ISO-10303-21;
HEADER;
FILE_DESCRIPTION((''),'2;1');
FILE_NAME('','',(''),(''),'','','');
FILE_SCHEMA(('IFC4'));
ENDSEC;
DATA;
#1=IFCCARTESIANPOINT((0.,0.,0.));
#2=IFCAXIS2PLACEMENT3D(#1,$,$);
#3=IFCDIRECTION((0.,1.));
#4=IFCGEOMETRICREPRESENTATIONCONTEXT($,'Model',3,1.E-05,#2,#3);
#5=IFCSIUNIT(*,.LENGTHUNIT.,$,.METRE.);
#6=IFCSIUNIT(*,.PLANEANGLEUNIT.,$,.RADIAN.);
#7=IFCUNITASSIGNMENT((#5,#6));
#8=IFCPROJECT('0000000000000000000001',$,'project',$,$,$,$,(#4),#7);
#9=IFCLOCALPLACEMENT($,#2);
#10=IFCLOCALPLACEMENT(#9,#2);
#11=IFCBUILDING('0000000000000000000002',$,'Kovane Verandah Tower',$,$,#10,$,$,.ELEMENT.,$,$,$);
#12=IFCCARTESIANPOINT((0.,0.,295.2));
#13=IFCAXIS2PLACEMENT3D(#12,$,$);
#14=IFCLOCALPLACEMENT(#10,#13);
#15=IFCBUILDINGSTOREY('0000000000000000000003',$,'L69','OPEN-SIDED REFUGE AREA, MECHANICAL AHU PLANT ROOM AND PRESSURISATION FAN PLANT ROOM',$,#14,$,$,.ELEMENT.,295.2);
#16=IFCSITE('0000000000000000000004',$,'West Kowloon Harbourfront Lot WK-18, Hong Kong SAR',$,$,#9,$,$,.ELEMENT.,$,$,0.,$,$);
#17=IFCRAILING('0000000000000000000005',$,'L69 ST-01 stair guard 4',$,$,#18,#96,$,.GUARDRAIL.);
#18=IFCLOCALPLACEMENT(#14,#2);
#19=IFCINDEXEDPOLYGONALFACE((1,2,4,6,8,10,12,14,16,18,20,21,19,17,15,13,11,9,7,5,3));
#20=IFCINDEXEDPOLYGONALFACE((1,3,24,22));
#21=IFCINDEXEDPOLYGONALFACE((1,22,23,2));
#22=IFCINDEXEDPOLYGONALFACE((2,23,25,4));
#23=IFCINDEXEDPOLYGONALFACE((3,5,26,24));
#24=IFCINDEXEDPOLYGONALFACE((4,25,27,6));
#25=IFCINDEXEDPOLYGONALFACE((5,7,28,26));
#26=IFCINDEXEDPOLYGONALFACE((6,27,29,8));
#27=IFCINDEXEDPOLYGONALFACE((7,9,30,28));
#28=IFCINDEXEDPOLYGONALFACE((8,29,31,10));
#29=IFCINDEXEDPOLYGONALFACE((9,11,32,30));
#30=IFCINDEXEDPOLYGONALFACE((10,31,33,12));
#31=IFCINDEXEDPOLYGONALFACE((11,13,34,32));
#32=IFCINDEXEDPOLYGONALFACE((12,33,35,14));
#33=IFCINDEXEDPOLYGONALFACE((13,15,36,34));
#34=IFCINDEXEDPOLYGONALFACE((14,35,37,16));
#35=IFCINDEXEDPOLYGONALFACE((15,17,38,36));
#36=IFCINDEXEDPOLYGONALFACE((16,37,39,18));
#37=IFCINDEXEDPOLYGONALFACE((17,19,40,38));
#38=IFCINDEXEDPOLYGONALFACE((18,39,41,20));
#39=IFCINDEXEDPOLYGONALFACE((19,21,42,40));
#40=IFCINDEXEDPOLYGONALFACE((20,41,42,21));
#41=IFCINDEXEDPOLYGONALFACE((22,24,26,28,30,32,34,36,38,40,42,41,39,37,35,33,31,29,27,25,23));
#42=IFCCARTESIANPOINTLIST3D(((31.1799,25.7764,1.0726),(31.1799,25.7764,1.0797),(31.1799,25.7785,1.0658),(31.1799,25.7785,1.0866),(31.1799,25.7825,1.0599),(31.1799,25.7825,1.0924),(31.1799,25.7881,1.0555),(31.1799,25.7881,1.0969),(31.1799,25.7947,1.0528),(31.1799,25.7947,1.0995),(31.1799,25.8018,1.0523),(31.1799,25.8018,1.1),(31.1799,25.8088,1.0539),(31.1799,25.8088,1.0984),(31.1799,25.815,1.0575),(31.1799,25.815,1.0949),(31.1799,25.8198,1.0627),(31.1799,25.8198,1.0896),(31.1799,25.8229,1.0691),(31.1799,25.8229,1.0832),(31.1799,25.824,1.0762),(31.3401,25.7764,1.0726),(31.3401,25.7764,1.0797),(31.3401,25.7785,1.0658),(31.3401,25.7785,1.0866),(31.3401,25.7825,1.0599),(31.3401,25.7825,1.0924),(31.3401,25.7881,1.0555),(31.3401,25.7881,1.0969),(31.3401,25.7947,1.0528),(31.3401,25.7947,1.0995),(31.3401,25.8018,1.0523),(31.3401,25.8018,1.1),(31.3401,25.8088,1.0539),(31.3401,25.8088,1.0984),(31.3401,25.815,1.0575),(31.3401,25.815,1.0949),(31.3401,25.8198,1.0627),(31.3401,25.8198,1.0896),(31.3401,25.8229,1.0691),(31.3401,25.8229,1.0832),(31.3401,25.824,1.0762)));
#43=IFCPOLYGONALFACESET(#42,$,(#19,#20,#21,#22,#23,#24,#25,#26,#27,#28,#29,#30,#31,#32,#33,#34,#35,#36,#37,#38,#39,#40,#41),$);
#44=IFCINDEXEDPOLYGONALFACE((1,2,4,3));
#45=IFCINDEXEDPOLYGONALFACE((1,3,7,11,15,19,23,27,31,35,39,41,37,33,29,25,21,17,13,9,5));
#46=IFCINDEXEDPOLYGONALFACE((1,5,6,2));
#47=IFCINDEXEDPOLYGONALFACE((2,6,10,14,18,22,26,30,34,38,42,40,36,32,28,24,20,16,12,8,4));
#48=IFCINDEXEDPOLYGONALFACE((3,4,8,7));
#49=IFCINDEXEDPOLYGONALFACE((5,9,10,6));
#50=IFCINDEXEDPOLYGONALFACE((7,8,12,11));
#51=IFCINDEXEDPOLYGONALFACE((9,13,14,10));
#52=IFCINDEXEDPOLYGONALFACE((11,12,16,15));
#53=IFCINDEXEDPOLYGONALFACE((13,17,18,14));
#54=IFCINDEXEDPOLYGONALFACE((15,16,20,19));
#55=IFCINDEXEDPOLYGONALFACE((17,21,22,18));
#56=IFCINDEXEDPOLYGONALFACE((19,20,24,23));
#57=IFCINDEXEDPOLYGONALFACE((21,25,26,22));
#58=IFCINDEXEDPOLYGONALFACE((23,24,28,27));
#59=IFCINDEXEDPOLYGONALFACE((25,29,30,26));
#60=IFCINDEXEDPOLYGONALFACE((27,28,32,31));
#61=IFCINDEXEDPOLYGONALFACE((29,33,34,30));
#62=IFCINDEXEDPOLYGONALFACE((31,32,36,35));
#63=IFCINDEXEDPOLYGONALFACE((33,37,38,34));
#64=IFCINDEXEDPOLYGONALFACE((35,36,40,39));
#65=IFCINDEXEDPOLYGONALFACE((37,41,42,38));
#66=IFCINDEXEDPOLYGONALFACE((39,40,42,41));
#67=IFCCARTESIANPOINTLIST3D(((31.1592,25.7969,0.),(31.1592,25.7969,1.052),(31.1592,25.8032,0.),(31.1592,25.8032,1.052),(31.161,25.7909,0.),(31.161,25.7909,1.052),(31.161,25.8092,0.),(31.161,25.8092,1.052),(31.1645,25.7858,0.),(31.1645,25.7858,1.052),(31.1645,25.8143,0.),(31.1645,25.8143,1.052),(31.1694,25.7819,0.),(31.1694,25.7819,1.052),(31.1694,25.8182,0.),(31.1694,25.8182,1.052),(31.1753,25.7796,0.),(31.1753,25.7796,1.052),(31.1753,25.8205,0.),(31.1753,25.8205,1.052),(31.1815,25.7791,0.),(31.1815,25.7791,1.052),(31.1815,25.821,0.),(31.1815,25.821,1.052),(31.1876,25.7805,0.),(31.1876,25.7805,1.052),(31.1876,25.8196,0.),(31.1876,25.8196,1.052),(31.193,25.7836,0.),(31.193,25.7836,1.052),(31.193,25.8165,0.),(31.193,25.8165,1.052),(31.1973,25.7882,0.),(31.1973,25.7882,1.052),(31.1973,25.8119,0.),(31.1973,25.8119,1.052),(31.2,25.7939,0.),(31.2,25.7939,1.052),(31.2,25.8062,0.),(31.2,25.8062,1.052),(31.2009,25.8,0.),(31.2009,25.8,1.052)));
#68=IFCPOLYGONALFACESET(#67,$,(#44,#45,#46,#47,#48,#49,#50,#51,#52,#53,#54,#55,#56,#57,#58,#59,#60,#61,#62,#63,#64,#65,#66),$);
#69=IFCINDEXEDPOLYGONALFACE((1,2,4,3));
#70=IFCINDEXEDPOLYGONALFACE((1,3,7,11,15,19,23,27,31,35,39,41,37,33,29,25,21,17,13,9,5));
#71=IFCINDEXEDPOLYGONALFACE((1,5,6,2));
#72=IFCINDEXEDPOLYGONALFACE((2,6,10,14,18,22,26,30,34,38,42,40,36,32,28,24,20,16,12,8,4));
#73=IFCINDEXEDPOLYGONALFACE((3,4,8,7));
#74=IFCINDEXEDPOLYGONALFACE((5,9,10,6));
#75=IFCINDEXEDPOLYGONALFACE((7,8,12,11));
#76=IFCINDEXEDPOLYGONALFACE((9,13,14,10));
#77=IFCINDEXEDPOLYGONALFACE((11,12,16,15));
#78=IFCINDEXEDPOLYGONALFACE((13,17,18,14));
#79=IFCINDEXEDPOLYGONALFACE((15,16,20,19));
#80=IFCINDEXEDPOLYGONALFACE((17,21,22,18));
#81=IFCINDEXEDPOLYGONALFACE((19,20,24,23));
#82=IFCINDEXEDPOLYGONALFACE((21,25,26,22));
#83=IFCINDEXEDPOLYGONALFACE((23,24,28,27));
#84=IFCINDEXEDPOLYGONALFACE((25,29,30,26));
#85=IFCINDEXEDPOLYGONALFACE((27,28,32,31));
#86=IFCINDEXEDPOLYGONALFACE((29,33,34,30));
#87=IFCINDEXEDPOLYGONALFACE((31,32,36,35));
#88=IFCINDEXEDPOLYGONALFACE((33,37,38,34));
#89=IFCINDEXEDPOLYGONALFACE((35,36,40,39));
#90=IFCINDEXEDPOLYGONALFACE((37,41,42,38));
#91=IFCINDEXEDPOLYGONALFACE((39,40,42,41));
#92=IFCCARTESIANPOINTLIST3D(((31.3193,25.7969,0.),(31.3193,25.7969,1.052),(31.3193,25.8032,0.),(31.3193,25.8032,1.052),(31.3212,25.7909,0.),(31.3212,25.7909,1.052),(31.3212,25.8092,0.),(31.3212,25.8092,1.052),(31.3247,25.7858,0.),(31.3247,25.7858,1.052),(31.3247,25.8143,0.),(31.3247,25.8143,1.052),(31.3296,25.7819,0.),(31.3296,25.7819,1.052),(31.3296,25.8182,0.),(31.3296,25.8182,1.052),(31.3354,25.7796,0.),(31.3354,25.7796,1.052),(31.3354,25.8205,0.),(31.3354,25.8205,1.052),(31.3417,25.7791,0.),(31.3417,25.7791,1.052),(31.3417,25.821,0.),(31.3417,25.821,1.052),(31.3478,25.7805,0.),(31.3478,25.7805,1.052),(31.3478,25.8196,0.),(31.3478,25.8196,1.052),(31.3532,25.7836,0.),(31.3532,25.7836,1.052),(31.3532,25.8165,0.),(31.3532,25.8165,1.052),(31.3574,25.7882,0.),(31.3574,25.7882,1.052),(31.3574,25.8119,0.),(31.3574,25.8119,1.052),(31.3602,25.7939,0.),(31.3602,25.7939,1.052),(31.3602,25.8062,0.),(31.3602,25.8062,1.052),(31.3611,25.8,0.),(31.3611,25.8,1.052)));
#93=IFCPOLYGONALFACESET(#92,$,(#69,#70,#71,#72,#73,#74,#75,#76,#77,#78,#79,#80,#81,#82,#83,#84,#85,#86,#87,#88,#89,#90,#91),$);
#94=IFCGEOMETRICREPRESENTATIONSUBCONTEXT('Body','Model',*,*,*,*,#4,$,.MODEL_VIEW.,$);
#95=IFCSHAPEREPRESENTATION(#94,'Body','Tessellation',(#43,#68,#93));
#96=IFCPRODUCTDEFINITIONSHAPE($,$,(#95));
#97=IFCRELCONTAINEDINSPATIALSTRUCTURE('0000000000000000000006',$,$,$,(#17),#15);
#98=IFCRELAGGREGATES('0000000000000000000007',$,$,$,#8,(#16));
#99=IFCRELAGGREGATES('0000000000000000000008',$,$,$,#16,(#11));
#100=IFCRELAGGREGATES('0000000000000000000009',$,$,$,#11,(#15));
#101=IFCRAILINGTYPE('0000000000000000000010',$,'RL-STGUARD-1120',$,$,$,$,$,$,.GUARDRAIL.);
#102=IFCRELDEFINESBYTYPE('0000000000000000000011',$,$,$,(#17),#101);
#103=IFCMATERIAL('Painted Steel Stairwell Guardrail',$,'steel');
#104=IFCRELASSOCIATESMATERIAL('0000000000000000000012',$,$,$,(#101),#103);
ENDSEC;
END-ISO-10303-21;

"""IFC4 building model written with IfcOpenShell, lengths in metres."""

from ifc_helpers import new_model, si_unit, direction, frame, origin, origin_2d, place, context, subcontext, project, spatial, circle, extrude, material, type_object, element, save


model = new_model("IFC4")

# Units and contexts
model_context = context("Model", 3, precision=1e-05, world=origin(), true_north=direction((0.0, 1.0)))
body_context = subcontext(model_context, "Body", "Model", "MODEL_VIEW")
ifc_project = project(units=[si_unit("LENGTHUNIT", "METRE"), si_unit("PLANEANGLEUNIT", "RADIAN")], contexts=[model_context])

# Site, building, storey
site_placement = place(None, origin())
site = spatial("IfcSite", under=ifc_project, at=site_placement, Name="West Kowloon Harbourfront Lot WK-18, Hong Kong SAR", CompositionType="ELEMENT", RefElevation=0.0)
building_placement = place(site_placement, origin())
building = spatial("IfcBuilding", under=site, at=building_placement, Name="Kovane Verandah Tower", CompositionType="ELEMENT")
storey_placement = place(building_placement, frame((0.0, 0.0, 295.2)))
storey = spatial("IfcBuildingStorey", under=building, at=storey_placement, Name="L69", Description="OPEN-SIDED REFUGE AREA, MECHANICAL AHU PLANT ROOM AND PRESSURISATION FAN PLANT ROOM", CompositionType="ELEMENT", Elevation=295.2)

# Railing
ifc_material_1 = material(Name="Painted Steel Stairwell Guardrail", Category="steel")
railing_type_1 = type_object("IfcRailingType", Name="RL-STGUARD-1120", PredefinedType="GUARDRAIL", material=ifc_material_1)
railing_1_placement = place(storey_placement, frame((31.1799, 25.8, 0.0)))
element("IfcRailing", 1, at=railing_1_placement, inside=storey, type_object=railing_type_1, Name="L69 ST-01 stair guard 4", PredefinedType="GUARDRAIL", context=body_context, shape_type="SweptSolid", body=[
    extrude(circle(Radius=0.0239, at=origin_2d()), frame((0.0, 0.0, 1.0762), z_axis=(1.0, 0.0, 0.0), x_axis=(0.0, 1.0, 0.0)), (0.0, 0.0, 1.0), 0.1602),
    extrude(circle(Radius=0.021, at=origin_2d()), origin(), (0.0, 0.0, 1.0), 1.052),
    extrude(circle(Radius=0.021, at=origin_2d()), frame((0.1602, 0.0, 0.0)), (0.0, 0.0, 1.0), 1.052),
])

save(model, "model.ifc")
